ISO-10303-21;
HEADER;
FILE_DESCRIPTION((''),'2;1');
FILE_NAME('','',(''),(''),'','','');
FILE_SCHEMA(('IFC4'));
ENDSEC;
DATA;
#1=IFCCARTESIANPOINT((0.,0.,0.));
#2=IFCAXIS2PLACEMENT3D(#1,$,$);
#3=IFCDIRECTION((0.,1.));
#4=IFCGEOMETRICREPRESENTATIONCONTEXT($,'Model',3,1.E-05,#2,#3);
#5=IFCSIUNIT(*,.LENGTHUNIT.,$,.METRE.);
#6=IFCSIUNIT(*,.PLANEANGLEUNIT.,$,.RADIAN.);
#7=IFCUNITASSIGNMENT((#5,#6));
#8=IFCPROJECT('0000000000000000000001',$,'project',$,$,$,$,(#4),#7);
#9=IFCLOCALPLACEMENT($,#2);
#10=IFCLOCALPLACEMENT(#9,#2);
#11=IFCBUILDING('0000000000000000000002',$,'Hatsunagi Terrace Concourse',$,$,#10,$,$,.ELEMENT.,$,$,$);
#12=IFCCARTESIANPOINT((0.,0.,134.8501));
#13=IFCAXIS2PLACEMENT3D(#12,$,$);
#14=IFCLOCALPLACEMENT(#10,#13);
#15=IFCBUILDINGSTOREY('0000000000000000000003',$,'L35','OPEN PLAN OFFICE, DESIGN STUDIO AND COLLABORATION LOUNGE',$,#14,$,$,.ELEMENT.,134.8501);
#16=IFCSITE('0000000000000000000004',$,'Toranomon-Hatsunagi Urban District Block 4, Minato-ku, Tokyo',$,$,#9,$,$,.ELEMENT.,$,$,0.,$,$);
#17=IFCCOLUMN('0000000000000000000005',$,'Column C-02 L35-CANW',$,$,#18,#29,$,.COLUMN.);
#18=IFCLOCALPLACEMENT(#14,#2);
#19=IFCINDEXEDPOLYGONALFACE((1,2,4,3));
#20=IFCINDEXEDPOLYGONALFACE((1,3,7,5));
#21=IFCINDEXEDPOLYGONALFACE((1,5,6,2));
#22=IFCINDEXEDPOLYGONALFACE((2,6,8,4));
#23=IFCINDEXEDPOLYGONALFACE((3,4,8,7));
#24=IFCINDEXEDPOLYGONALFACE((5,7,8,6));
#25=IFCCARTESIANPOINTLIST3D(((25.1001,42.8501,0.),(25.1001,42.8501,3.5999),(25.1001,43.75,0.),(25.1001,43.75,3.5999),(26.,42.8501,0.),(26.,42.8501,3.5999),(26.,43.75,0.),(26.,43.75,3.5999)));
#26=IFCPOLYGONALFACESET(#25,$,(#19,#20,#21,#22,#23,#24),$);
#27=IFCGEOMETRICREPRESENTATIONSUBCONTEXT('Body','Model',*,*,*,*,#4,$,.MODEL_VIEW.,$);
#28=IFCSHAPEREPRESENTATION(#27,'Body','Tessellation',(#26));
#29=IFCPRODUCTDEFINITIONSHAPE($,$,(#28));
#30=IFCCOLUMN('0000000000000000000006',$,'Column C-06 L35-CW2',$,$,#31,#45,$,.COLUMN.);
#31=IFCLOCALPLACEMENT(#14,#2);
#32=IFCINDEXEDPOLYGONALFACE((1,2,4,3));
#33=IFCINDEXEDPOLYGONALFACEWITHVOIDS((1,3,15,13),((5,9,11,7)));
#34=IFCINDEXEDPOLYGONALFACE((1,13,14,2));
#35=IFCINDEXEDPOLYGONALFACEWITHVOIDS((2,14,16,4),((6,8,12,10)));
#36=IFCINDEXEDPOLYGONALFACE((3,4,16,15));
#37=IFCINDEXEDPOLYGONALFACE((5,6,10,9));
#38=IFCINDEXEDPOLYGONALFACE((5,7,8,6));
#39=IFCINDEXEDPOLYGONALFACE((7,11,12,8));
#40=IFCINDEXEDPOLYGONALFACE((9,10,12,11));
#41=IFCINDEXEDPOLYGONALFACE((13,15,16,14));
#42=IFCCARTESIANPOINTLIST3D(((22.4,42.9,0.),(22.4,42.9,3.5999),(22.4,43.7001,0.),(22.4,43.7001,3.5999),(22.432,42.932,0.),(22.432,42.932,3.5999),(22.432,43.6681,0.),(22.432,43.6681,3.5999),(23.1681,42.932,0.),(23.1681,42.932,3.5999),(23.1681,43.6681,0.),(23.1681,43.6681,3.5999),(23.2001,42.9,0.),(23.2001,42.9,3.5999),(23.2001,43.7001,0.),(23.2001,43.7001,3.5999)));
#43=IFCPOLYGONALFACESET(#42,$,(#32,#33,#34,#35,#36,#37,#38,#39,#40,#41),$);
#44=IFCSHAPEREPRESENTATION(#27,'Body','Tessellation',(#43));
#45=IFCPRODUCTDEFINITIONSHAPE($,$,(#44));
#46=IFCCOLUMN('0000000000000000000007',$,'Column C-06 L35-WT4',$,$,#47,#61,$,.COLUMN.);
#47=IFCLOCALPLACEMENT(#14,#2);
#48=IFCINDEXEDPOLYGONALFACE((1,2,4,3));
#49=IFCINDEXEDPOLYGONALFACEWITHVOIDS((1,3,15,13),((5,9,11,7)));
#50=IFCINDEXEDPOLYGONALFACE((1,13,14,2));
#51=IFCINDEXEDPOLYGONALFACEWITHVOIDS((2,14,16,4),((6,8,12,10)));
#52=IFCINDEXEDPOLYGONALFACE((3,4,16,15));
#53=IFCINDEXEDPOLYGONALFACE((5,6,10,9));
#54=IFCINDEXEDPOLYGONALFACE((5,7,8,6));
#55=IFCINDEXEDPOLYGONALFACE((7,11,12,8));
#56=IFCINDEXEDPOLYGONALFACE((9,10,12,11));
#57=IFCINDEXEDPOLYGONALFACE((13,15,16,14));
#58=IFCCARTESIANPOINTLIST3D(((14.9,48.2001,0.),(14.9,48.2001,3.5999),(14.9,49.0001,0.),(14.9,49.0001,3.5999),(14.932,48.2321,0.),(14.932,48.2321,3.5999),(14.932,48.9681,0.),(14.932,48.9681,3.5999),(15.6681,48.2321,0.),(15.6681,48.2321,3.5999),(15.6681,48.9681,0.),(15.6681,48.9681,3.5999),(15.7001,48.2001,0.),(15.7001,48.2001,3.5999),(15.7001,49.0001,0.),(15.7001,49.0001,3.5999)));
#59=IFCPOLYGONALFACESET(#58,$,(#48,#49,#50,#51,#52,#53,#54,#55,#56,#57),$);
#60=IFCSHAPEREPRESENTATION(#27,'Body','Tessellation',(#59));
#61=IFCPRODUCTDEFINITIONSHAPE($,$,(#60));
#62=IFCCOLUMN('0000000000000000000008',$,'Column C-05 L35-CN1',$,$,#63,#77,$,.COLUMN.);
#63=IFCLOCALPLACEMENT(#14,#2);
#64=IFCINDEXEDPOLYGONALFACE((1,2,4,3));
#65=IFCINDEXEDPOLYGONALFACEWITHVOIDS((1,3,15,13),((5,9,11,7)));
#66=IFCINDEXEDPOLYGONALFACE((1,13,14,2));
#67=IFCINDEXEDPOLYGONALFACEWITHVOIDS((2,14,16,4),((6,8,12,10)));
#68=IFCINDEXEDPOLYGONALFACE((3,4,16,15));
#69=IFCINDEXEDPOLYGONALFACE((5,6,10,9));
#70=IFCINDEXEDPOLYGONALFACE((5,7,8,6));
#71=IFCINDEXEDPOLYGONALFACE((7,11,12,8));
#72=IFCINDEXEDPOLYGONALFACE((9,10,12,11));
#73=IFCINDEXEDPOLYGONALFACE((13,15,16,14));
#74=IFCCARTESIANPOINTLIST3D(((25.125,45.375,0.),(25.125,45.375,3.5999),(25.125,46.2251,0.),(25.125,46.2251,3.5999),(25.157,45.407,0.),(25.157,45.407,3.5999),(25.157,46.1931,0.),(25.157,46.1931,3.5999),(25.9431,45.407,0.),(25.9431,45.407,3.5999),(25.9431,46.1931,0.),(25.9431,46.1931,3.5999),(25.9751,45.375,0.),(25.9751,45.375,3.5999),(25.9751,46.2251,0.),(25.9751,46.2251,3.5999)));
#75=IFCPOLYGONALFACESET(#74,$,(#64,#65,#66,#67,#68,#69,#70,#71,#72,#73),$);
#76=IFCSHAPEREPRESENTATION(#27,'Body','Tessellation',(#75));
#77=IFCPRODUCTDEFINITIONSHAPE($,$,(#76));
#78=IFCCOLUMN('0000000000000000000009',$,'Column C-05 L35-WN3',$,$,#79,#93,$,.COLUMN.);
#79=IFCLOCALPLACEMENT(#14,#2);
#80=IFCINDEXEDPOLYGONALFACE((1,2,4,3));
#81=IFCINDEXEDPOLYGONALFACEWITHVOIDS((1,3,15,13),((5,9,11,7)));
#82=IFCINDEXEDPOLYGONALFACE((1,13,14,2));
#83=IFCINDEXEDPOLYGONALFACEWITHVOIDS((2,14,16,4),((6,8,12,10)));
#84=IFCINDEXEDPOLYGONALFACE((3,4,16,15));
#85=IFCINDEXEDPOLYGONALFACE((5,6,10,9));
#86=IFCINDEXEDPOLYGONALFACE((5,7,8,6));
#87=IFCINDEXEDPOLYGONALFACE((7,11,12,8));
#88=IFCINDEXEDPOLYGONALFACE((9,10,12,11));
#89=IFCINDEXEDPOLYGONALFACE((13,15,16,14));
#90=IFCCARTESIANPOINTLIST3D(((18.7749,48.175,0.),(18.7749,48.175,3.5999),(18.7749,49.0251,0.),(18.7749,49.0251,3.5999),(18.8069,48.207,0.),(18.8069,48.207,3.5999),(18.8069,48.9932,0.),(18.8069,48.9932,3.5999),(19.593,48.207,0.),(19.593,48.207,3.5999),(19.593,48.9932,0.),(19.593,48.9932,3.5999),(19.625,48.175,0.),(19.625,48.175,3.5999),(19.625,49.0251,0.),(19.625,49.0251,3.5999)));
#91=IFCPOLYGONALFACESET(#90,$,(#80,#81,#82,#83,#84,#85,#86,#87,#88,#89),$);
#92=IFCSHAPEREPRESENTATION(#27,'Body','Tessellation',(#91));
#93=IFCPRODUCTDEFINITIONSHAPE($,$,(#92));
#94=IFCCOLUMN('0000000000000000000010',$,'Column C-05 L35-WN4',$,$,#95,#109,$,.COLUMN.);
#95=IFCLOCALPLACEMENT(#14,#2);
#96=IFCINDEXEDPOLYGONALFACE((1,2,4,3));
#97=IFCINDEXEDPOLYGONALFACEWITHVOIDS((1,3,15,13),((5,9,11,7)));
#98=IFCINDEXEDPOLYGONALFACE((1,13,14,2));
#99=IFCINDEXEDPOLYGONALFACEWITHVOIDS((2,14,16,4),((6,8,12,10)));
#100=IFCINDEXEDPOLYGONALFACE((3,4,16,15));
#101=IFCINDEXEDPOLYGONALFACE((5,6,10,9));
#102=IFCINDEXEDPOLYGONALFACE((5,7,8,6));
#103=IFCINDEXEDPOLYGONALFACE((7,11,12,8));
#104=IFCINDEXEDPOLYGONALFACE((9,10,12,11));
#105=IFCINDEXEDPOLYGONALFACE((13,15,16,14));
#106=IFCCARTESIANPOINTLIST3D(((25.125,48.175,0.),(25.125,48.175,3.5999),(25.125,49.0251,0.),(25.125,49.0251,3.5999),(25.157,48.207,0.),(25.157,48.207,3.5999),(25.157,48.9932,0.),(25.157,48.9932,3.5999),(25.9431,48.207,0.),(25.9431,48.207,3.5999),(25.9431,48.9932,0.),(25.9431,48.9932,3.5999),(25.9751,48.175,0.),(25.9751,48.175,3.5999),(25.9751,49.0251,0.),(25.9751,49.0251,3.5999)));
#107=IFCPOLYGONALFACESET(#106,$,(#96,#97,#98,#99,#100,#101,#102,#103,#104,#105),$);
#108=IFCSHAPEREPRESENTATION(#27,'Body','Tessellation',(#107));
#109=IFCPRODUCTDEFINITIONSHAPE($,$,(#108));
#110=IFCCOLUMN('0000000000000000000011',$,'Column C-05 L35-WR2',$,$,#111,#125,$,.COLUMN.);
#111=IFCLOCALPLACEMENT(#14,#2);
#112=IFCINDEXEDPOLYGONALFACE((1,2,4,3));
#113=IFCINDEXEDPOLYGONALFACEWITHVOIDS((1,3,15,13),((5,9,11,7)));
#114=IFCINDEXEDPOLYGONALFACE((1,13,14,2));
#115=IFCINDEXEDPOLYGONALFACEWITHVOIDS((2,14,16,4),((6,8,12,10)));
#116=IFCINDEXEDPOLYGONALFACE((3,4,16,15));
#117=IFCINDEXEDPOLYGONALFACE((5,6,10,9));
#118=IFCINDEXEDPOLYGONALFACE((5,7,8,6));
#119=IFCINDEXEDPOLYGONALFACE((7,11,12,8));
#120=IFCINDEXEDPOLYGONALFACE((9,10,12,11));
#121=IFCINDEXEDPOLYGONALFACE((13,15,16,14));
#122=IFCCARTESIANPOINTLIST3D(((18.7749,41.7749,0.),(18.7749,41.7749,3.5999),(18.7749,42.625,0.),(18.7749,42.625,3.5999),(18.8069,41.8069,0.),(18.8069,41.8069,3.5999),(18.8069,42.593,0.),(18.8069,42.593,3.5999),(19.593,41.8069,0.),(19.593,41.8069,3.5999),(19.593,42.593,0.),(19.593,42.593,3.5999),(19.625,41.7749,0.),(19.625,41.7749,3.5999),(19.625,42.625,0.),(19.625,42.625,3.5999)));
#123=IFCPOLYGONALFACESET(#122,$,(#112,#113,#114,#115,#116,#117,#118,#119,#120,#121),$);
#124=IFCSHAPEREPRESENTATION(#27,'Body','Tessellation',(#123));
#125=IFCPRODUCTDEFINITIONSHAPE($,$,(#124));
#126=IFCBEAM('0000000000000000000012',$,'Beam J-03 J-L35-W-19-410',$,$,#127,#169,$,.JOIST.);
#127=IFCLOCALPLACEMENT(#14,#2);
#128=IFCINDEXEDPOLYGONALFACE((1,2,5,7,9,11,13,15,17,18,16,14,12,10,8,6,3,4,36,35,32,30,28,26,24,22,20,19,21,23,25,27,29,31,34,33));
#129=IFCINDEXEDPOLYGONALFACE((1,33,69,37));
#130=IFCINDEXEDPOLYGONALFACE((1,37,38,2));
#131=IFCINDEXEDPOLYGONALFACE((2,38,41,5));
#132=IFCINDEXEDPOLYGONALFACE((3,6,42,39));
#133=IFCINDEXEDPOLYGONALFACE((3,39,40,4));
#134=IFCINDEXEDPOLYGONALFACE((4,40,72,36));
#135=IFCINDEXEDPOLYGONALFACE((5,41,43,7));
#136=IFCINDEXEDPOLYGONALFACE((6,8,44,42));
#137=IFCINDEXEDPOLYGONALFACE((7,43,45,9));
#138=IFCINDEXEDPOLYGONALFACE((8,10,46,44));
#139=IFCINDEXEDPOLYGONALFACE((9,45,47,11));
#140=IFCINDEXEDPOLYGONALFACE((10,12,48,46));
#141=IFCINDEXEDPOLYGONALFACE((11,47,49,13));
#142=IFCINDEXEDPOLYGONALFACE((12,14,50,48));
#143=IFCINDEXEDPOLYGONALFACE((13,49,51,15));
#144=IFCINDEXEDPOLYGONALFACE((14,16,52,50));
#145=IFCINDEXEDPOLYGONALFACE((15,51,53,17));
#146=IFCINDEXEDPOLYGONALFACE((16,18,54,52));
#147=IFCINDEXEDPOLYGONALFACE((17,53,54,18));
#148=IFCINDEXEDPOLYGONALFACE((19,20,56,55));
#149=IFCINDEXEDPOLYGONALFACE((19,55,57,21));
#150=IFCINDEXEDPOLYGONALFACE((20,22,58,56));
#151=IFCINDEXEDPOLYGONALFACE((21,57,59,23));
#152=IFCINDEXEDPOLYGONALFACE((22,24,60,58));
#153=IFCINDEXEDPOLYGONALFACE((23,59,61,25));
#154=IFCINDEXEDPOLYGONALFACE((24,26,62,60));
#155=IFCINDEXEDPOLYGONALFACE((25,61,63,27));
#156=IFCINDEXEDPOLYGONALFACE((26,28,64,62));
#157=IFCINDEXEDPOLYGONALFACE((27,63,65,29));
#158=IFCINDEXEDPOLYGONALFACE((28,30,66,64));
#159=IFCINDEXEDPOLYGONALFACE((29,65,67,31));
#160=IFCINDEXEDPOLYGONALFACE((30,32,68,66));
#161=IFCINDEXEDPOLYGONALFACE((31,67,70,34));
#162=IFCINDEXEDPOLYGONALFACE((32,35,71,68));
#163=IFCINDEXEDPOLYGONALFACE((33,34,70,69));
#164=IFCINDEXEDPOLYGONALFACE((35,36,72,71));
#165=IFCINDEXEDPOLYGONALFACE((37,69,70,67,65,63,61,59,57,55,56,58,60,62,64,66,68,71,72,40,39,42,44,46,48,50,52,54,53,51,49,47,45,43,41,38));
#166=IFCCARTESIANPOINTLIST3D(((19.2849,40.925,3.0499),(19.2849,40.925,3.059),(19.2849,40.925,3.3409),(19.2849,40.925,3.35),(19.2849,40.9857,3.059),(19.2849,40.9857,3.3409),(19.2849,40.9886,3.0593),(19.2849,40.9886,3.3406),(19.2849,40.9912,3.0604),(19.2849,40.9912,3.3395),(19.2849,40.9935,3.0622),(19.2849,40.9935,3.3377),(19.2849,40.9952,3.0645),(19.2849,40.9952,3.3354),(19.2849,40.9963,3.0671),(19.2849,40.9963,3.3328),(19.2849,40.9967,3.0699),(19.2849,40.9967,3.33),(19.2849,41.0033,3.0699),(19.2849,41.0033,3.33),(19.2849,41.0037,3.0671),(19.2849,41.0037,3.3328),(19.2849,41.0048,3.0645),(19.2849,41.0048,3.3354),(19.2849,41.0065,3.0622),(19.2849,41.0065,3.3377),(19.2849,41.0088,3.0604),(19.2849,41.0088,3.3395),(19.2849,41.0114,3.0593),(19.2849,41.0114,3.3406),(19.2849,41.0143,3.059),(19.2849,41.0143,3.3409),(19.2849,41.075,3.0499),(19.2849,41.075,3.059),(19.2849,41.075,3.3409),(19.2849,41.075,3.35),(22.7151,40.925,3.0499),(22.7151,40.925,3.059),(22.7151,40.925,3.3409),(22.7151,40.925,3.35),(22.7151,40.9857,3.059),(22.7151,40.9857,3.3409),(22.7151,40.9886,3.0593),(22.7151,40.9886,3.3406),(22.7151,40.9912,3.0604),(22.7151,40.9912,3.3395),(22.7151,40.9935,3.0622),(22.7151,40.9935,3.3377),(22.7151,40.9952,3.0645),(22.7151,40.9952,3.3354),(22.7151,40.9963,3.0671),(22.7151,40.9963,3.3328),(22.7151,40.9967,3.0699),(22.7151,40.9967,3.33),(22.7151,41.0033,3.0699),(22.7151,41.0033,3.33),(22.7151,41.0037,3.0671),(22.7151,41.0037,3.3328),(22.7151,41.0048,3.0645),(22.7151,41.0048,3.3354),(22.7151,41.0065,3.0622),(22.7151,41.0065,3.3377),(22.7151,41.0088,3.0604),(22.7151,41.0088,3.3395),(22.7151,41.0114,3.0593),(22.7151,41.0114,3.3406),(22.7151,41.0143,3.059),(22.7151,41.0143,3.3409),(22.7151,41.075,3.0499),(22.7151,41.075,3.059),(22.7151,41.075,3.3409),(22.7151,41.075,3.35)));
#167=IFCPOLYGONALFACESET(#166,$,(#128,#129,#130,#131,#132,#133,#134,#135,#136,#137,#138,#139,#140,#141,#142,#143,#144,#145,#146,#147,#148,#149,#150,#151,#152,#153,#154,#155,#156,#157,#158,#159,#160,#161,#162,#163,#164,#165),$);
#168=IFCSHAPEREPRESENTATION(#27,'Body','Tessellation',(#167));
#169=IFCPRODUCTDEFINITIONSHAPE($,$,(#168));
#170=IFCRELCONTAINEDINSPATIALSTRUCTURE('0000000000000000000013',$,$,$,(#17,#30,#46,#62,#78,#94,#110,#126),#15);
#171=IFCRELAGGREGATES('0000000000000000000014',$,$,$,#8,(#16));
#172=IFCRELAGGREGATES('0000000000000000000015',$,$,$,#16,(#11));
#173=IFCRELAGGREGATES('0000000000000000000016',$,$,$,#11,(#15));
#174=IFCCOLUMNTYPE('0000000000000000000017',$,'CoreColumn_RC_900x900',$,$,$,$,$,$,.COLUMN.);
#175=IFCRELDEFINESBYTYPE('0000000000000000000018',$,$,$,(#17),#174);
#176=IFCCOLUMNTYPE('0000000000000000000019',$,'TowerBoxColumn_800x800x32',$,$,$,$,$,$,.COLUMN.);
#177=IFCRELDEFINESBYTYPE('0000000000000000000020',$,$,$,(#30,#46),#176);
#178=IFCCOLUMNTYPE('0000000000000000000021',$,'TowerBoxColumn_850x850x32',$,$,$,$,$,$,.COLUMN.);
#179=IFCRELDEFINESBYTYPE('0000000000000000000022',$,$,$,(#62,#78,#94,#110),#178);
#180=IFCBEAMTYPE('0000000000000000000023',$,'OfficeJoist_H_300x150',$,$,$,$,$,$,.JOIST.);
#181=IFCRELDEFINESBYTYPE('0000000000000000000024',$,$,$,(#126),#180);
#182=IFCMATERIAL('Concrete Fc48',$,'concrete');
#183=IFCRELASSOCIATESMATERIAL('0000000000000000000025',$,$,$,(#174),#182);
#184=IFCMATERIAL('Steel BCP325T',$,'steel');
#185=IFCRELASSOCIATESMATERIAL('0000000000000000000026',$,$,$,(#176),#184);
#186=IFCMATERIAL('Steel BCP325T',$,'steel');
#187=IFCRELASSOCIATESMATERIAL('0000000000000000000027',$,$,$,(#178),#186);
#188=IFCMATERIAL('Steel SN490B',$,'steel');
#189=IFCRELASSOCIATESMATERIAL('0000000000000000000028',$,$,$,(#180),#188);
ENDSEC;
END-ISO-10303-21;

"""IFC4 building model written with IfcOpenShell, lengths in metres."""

from ifc_helpers import new_model, si_unit, direction, frame, origin, origin_2d, place, context, subcontext, project, spatial, rectangle, hollow_rectangle, i_section, extrude, material, material_profile, profile_set, type_object, element, save


model = new_model("IFC4")

# Units and contexts
model_context = context("Model", 3, precision=1e-05, world=origin(), true_north=direction((0.0, 1.0)))
body_context = subcontext(model_context, "Body", "Model", "MODEL_VIEW")
ifc_project = project(units=[si_unit("LENGTHUNIT", "METRE"), si_unit("PLANEANGLEUNIT", "RADIAN")], contexts=[model_context])

# Site, building, storey
site_placement = place(None, origin())
site = spatial("IfcSite", under=ifc_project, at=site_placement, Name="Toranomon-Hatsunagi Urban District Block 4, Minato-ku, Tokyo", CompositionType="ELEMENT", RefElevation=0.0)
building_placement = place(site_placement, origin())
building = spatial("IfcBuilding", under=site, at=building_placement, Name="Hatsunagi Terrace Concourse", CompositionType="ELEMENT")
storey_placement = place(building_placement, frame((0.0, 0.0, 134.8501)))
storey = spatial("IfcBuildingStorey", under=building, at=storey_placement, Name="L35", Description="OPEN PLAN OFFICE, DESIGN STUDIO AND COLLABORATION LOUNGE", CompositionType="ELEMENT", Elevation=134.8501)

# Columns
ifc_material_1 = material(Name="Concrete Fc48", Category="concrete")
ifc_material_profile_1 = material_profile(ifc_material_1, rectangle(XDim=0.8999, YDim=0.8999, at=origin_2d()), Name="RC-900x900")
ifc_profile_set_1 = profile_set([ifc_material_profile_1], Name="Concrete Fc48")
column_type_1 = type_object("IfcColumnType", Name="CoreColumn_RC_900x900", PredefinedType="COLUMN", material=ifc_profile_set_1)
column_placement = place(storey_placement, frame((25.55, 43.3, 0.0), z_axis=(0.0, 0.0, 1.0), x_axis=(1.0, 0.0, 0.0)))
element("IfcColumn", 1, at=column_placement, inside=storey, type_object=column_type_1, Name="Column C-02 L35-CANW", PredefinedType="COLUMN", context=body_context, shape_type="SweptSolid", body=[
    extrude(rectangle(XDim=0.8999, YDim=0.8999, at=origin_2d()), origin(), (0.0, 0.0, 1.0), 3.5999),
])
ifc_material_2 = material(Name="Steel BCP325T", Category="steel")
ifc_material_profile_2 = material_profile(ifc_material_2, hollow_rectangle(XDim=0.8, YDim=0.8, WallThickness=0.032, at=origin_2d()), Name="BCP-800x800x32")
ifc_profile_set_2 = profile_set([ifc_material_profile_2], Name="Steel BCP325T")
column_type_2 = type_object("IfcColumnType", Name="TowerBoxColumn_800x800x32", PredefinedType="COLUMN", material=ifc_profile_set_2)
for number, where, z_axis, x_axis, name in (
    (2, (22.8, 43.3, 0.0), (0.0, 0.0, 1.0), (1.0, 0.0, 0.0), "Column C-06 L35-CW2"),
    (3, (15.3, 48.6001, 0.0), (0.0, 0.0, 1.0), (1.0, 0.0, 0.0), "Column C-06 L35-WT4"),
):
    element("IfcColumn", number, at=place(storey_placement, frame(where, z_axis=z_axis, x_axis=x_axis)), inside=storey, type_object=column_type_2, Name=name, PredefinedType="COLUMN", context=body_context, shape_type="SweptSolid", body=[
        extrude(hollow_rectangle(XDim=0.8, YDim=0.8, WallThickness=0.032, at=origin_2d()), origin(), (0.0, 0.0, 1.0), 3.5999),
    ])
ifc_material_3 = material(Name="Steel BCP325T", Category="steel")
ifc_material_profile_3 = material_profile(ifc_material_3, hollow_rectangle(XDim=0.8501, YDim=0.8501, WallThickness=0.032, at=origin_2d()), Name="BCP-850x850x32")
ifc_profile_set_3 = profile_set([ifc_material_profile_3], Name="Steel BCP325T")
column_type_3 = type_object("IfcColumnType", Name="TowerBoxColumn_850x850x32", PredefinedType="COLUMN", material=ifc_profile_set_3)
for number, where, z_axis, x_axis, name in (
    (4, (25.55, 45.8, 0.0), (0.0, 0.0, 1.0), (1.0, 0.0, 0.0), "Column C-05 L35-CN1"),
    (5, (19.2, 48.6001, 0.0), (0.0, 0.0, 1.0), (1.0, 0.0, 0.0), "Column C-05 L35-WN3"),
    (6, (25.55, 48.6001, 0.0), (0.0, 0.0, 1.0), (1.0, 0.0, 0.0), "Column C-05 L35-WN4"),
    (7, (19.2, 42.2, 0.0), (0.0, 0.0, 1.0), (1.0, 0.0, 0.0), "Column C-05 L35-WR2"),
):
    element("IfcColumn", number, at=place(storey_placement, frame(where, z_axis=z_axis, x_axis=x_axis)), inside=storey, type_object=column_type_3, Name=name, PredefinedType="COLUMN", context=body_context, shape_type="SweptSolid", body=[
        extrude(hollow_rectangle(XDim=0.8501, YDim=0.8501, WallThickness=0.032, at=origin_2d()), origin(), (0.0, 0.0, 1.0), 3.5999),
    ])

# Beam
ifc_material_4 = material(Name="Steel SN490B", Category="steel")
ifc_material_profile_4 = material_profile(ifc_material_4, i_section(OverallWidth=0.1499, OverallDepth=0.3, WebThickness=0.0066, FlangeThickness=0.009, FilletRadius=0.011, at=origin_2d()), Name="H-300x150x6.5x9")
ifc_profile_set_4 = profile_set([ifc_material_profile_4], Name="Steel SN490B")
beam_type_1 = type_object("IfcBeamType", Name="OfficeJoist_H_300x150", PredefinedType="JOIST", material=ifc_profile_set_4)
beam_1_placement = place(storey_placement, frame((19.2849, 41.0, 3.2), z_axis=(1.0, 0.0, 0.0), x_axis=(0.0, 1.0, 0.0)))
element("IfcBeam", 8, at=beam_1_placement, inside=storey, type_object=beam_type_1, Name="Beam J-03 J-L35-W-19-410", PredefinedType="JOIST", context=body_context, shape_type="SweptSolid", body=[
    extrude(i_section(OverallWidth=0.1499, OverallDepth=0.3, WebThickness=0.0066, FlangeThickness=0.009, FilletRadius=0.011, at=origin_2d()), origin(), (0.0, 0.0, 1.0), 3.4302),
])

save(model, "model.ifc")
